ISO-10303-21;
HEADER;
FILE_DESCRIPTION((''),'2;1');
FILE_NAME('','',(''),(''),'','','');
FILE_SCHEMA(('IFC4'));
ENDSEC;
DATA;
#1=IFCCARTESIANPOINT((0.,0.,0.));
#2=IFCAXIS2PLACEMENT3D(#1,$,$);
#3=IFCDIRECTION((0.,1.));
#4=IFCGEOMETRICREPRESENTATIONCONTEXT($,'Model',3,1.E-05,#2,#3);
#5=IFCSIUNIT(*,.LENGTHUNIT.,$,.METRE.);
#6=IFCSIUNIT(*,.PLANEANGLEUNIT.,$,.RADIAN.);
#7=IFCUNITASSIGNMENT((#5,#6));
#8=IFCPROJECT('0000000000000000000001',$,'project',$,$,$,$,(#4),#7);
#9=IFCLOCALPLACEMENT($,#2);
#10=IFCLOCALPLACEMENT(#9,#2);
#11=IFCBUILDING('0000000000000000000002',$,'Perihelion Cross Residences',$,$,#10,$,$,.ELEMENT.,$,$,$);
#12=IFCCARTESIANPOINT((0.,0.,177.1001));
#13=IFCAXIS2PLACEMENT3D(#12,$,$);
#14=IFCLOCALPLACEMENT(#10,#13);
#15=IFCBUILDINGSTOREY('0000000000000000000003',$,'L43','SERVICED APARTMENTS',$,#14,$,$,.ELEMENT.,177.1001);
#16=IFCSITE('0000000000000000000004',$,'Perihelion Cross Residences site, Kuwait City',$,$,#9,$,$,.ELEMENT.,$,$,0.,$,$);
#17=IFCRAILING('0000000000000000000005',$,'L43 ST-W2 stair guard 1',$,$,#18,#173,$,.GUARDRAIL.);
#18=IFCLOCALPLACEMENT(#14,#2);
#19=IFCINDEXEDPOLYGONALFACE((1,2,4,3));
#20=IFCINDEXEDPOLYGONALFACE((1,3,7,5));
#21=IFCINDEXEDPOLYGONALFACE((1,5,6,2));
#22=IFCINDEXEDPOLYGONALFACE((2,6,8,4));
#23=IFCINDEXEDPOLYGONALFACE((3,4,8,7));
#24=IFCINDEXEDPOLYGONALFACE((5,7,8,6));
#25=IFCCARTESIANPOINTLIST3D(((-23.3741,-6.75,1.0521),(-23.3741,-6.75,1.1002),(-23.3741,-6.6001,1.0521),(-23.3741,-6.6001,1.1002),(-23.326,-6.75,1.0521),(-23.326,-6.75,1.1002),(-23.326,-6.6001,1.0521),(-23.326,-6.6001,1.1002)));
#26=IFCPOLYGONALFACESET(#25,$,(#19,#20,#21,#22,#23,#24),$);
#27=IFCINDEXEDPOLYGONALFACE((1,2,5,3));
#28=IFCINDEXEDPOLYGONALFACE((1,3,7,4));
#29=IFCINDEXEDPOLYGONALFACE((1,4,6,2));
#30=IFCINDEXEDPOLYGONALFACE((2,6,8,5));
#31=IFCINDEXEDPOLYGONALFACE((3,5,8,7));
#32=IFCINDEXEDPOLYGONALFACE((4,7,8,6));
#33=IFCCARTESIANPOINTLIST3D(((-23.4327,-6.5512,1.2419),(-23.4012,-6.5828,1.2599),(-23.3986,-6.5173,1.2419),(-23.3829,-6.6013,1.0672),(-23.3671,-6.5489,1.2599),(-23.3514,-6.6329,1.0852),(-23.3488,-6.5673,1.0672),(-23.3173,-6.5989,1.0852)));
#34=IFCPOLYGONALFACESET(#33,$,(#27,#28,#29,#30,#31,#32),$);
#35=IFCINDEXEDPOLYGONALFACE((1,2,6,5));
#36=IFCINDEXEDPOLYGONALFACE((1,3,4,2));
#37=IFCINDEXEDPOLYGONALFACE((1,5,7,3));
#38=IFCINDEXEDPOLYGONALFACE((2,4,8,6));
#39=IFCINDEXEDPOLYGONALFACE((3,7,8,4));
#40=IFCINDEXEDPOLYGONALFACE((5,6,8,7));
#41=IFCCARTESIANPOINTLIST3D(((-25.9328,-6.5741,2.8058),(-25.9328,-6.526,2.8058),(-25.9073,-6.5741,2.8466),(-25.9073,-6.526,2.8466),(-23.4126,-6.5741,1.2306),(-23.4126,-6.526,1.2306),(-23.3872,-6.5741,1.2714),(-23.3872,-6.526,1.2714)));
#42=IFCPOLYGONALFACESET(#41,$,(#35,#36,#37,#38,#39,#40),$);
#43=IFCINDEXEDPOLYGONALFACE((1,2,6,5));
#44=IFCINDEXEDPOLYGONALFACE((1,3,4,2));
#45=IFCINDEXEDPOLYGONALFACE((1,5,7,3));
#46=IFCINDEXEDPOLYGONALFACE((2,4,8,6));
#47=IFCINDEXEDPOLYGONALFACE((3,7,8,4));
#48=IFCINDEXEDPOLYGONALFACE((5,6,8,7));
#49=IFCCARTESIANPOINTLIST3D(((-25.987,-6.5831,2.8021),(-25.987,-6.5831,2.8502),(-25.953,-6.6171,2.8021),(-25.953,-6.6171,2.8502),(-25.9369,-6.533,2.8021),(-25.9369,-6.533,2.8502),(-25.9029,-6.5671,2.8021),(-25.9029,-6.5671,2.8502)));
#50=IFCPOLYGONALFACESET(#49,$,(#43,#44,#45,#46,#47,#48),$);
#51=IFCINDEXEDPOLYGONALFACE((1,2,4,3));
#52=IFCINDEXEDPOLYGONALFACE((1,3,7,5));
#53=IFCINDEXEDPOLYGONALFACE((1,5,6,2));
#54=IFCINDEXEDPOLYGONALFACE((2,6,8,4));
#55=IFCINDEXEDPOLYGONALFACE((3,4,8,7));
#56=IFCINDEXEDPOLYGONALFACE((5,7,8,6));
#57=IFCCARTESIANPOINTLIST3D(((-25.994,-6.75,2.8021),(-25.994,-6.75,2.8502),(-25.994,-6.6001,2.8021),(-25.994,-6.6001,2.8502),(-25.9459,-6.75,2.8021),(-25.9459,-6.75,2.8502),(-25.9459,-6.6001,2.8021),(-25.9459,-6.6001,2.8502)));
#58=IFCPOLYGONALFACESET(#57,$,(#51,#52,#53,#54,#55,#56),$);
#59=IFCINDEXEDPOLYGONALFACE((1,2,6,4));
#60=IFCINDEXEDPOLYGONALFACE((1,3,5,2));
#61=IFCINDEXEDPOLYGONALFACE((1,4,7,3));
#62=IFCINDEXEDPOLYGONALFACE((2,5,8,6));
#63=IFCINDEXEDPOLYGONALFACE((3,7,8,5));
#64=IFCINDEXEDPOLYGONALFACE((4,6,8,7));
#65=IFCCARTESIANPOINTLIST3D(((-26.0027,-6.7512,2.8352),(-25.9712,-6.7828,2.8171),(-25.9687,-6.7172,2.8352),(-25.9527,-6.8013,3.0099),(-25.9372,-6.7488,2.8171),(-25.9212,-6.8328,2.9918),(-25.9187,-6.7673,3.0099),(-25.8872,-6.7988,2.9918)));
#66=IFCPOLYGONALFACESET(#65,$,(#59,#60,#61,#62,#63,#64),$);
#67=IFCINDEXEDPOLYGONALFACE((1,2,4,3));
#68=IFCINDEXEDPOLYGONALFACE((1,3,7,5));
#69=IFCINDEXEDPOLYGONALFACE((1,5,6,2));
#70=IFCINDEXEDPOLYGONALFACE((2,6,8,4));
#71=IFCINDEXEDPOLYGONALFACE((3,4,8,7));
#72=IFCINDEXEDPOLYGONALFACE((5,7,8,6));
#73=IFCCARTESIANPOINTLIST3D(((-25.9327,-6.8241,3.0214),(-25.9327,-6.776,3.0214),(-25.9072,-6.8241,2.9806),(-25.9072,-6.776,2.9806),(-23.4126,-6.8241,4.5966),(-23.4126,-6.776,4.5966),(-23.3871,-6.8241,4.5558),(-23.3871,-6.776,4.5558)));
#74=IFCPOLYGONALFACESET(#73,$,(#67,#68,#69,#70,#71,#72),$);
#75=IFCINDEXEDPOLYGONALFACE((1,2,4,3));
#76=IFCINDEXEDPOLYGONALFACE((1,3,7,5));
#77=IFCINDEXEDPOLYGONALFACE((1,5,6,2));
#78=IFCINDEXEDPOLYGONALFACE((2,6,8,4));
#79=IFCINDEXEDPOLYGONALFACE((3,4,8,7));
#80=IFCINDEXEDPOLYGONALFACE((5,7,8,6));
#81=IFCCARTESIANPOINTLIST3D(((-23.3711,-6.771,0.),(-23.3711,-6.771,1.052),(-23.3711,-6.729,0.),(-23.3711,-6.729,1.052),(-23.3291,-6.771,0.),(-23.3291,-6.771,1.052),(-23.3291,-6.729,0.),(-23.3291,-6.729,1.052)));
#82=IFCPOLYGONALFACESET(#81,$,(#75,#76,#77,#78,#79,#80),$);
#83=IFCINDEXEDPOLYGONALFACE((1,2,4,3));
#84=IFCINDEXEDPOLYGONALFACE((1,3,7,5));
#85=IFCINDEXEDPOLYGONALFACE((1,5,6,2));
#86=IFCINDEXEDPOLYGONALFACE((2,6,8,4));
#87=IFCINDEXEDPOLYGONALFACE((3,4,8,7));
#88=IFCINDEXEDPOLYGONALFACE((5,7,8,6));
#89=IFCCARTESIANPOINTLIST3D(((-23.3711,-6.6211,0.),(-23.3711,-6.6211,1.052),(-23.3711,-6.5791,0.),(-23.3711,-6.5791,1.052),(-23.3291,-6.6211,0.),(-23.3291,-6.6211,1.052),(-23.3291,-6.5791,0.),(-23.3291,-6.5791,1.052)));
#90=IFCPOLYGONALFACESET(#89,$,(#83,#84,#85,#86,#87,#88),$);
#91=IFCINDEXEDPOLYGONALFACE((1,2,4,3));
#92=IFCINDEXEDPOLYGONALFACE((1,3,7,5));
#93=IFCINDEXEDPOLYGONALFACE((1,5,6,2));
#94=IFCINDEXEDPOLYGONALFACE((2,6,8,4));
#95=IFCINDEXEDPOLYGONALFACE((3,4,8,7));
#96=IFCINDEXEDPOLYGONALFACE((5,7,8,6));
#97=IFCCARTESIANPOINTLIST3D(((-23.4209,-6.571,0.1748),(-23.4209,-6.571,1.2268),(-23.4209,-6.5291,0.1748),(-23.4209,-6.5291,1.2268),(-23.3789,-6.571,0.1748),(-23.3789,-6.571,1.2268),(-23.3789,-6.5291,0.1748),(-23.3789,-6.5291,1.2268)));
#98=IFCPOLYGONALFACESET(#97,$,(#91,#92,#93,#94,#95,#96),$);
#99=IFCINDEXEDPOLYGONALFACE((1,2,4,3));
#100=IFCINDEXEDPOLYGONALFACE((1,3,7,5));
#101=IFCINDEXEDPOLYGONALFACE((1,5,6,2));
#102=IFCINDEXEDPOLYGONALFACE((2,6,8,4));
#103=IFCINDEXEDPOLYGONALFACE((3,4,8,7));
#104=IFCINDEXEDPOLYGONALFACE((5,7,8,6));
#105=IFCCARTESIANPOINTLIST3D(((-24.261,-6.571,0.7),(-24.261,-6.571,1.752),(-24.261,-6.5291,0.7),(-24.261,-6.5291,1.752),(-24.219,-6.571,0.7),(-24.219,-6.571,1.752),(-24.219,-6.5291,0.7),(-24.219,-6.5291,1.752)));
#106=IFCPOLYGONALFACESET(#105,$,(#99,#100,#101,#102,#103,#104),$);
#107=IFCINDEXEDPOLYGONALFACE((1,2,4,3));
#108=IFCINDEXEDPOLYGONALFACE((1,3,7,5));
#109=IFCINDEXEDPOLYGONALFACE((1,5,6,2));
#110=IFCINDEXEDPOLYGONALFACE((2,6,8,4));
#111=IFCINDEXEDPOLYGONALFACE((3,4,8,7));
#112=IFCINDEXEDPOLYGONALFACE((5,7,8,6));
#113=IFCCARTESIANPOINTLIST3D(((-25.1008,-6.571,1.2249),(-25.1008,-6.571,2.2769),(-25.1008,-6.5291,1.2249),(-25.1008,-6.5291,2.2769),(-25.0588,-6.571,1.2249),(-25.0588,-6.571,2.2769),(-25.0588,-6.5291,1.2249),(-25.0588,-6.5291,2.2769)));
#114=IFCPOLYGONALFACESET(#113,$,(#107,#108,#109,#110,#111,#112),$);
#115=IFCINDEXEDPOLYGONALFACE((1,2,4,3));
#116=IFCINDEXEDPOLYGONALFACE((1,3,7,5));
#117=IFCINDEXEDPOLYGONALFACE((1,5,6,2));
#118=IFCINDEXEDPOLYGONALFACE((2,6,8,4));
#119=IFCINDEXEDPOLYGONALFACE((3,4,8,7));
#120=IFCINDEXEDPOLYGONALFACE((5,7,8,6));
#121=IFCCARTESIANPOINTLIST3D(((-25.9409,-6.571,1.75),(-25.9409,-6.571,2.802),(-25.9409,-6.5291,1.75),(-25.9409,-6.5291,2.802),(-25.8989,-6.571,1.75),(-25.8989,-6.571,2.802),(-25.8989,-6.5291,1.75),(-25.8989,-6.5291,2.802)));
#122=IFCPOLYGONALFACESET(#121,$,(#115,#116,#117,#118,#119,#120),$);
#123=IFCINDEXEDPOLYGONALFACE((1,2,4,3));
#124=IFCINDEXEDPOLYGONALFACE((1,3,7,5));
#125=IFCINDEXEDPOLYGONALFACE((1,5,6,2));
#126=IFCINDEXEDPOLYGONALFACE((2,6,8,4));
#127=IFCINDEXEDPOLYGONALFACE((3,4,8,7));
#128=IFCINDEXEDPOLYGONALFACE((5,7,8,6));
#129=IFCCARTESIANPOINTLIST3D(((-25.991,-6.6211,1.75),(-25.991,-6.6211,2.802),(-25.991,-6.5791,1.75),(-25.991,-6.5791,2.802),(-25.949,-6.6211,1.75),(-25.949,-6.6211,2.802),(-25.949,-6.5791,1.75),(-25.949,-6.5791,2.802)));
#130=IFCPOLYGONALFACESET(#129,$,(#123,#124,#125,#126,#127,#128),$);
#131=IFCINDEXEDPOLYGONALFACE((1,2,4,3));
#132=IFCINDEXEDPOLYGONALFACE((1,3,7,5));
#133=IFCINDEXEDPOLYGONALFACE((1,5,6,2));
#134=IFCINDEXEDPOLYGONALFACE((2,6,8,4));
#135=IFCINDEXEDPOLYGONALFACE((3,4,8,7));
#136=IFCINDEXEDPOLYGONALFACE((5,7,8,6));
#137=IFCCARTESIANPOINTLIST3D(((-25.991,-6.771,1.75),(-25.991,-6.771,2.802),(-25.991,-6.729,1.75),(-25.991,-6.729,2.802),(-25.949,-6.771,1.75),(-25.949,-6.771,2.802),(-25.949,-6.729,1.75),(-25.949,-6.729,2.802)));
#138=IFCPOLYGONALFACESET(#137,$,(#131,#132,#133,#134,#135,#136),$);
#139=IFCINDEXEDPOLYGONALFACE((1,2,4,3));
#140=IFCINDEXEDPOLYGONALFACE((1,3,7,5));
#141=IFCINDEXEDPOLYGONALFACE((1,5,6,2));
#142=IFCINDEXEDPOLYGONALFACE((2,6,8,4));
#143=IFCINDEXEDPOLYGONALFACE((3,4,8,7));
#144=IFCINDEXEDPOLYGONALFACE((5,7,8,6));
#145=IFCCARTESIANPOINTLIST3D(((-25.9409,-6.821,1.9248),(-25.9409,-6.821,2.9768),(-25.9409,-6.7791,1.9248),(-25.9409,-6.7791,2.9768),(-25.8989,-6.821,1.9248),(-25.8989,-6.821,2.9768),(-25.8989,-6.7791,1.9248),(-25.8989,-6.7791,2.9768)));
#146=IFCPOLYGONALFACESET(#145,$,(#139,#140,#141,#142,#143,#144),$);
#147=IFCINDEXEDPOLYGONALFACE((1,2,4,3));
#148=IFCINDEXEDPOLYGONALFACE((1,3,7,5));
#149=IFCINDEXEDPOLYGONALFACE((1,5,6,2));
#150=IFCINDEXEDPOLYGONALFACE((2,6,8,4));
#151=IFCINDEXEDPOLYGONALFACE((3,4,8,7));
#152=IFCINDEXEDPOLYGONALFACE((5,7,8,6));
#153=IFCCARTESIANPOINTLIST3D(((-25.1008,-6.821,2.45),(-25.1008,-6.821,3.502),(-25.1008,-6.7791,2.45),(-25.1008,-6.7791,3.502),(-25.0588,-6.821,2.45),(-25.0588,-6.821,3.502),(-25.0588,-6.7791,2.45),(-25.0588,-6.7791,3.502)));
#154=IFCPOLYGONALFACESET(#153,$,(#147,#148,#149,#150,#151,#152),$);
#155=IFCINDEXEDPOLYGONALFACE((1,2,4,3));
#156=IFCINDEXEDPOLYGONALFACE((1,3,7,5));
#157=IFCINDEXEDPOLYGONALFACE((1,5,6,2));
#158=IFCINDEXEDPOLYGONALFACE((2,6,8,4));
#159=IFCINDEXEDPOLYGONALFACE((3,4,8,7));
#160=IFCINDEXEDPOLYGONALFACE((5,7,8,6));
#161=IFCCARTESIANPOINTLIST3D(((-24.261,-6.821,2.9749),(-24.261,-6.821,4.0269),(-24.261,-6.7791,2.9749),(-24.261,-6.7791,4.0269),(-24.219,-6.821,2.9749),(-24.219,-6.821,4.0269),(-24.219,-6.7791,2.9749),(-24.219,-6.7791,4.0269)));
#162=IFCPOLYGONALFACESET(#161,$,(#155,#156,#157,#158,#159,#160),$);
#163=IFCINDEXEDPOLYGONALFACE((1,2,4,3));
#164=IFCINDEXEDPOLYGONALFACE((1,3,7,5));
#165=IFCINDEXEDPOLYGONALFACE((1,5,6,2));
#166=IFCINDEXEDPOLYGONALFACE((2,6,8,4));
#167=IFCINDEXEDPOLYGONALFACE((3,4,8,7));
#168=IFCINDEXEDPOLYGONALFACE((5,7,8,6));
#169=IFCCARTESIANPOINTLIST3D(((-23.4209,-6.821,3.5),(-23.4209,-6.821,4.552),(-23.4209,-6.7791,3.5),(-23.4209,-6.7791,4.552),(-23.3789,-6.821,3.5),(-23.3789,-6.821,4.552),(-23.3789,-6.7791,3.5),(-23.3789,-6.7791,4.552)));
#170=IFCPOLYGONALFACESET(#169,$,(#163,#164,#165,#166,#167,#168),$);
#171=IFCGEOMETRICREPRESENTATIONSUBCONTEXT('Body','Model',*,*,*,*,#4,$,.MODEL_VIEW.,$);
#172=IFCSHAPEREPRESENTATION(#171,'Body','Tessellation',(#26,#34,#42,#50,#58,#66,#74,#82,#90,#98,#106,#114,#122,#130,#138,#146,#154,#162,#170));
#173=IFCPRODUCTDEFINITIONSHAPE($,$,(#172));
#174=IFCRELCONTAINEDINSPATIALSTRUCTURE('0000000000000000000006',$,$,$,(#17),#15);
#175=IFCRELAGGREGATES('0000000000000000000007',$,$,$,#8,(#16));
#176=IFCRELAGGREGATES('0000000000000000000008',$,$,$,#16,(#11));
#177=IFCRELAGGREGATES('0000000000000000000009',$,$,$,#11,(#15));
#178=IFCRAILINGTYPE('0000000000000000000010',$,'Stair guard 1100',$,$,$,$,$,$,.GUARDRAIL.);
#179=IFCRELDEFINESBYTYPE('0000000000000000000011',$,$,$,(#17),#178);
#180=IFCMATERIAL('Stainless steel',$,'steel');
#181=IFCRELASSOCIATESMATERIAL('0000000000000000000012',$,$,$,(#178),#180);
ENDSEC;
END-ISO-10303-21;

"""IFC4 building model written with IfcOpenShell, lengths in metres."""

from ifc_helpers import new_model, si_unit, direction, frame, origin, origin_2d, place, context, subcontext, project, spatial, rectangle, extrude, material, type_object, element, save


model = new_model("IFC4")

# Units and contexts
model_context = context("Model", 3, precision=1e-05, world=origin(), true_north=direction((0.0, 1.0)))
body_context = subcontext(model_context, "Body", "Model", "MODEL_VIEW")
ifc_project = project(units=[si_unit("LENGTHUNIT", "METRE"), si_unit("PLANEANGLEUNIT", "RADIAN")], contexts=[model_context])

# Site, building, storey
site_placement = place(None, origin())
site = spatial("IfcSite", under=ifc_project, at=site_placement, Name="Perihelion Cross Residences site, Kuwait City", CompositionType="ELEMENT", RefElevation=0.0)
building_placement = place(site_placement, origin())
building = spatial("IfcBuilding", under=site, at=building_placement, Name="Perihelion Cross Residences", CompositionType="ELEMENT")
storey_placement = place(building_placement, frame((0.0, 0.0, 177.1001)))
storey = spatial("IfcBuildingStorey", under=building, at=storey_placement, Name="L43", Description="SERVICED APARTMENTS", CompositionType="ELEMENT", Elevation=177.1001)

# Railing
ifc_material_1 = material(Name="Stainless steel", Category="steel")
railing_type_1 = type_object("IfcRailingType", Name="Stair guard 1100", PredefinedType="GUARDRAIL", material=ifc_material_1)
railing_1_placement = place(storey_placement, frame((-23.3501, -6.75, 0.0)))
element("IfcRailing", 1, at=railing_1_placement, inside=storey, type_object=railing_type_1, Name="L43 ST-W2 stair guard 1", PredefinedType="GUARDRAIL", context=body_context, shape_type="SweptSolid", body=[
    extrude(rectangle(XDim=0.0481, YDim=0.0481, at=origin_2d()), frame((0.0, 0.0, 1.0762), z_axis=(0.0, 1.0, 0.0), x_axis=(-1.0, 0.0, 0.0)), (0.0, 0.0, 1.0), 0.1499),
    extrude(rectangle(XDim=0.0481, YDim=0.0481, at=origin_2d()), frame((0.0, 0.1499, 1.0762), z_axis=(-0.264179, 0.265474, 0.927218), x_axis=(-0.708834, -0.705376, 0.0)), (0.0, 0.0, 1.0), 0.1885),
    extrude(rectangle(XDim=0.0481, YDim=0.0481, at=origin_2d()), frame((-0.0498, 0.2, 1.251), z_axis=(-0.847971, 0.0, 0.530043), x_axis=(0.0, -1.0, 0.0)), (0.0, 0.0, 1.0), 2.9719),
    extrude(rectangle(XDim=0.0481, YDim=0.0481, at=origin_2d()), frame((-2.5698, 0.2, 2.8262), z_axis=(-0.707107, -0.707107, 0.0), x_axis=(0.707107, -0.707107, 0.0)), (0.0, 0.0, 1.0), 0.0708),
    extrude(rectangle(XDim=0.0481, YDim=0.0481, at=origin_2d()), frame((-2.6199, 0.1499, 2.8262), z_axis=(0.0, -1.0, 0.0), x_axis=(1.0, 0.0, 0.0)), (0.0, 0.0, 1.0), 0.1499),
    extrude(rectangle(XDim=0.0481, YDim=0.0481, at=origin_2d()), frame((-2.6199, 0.0, 2.8262), z_axis=(0.265383, -0.265383, 0.9269), x_axis=(0.707107, 0.707107, 0.0)), (0.0, 0.0, 1.0), 0.1885),
    extrude(rectangle(XDim=0.0481, YDim=0.0481, at=origin_2d()), frame((-2.5698, -0.05, 3.001), z_axis=(0.847971, 0.0, 0.530043), x_axis=(0.0, 1.0, 0.0)), (0.0, 0.0, 1.0), 2.9719),
    extrude(rectangle(XDim=0.042, YDim=0.042, at=origin_2d()), origin(), (0.0, 0.0, 1.0), 1.052),
    extrude(rectangle(XDim=0.042, YDim=0.042, at=origin_2d()), frame((0.0, 0.1499, 0.0)), (0.0, 0.0, 1.0), 1.052),
    extrude(rectangle(XDim=0.042, YDim=0.042, at=origin_2d()), frame((-0.0498, 0.2, 0.1748)), (0.0, 0.0, 1.0), 1.052),
    extrude(rectangle(XDim=0.042, YDim=0.042, at=origin_2d()), frame((-0.8899, 0.2, 0.7)), (0.0, 0.0, 1.0), 1.052),
    extrude(rectangle(XDim=0.042, YDim=0.042, at=origin_2d()), frame((-1.7297, 0.2, 1.2249)), (0.0, 0.0, 1.0), 1.052),
    extrude(rectangle(XDim=0.042, YDim=0.042, at=origin_2d()), frame((-2.5698, 0.2, 1.75)), (0.0, 0.0, 1.0), 1.052),
    extrude(rectangle(XDim=0.042, YDim=0.042, at=origin_2d()), frame((-2.6199, 0.1499, 1.75)), (0.0, 0.0, 1.0), 1.052),
    extrude(rectangle(XDim=0.042, YDim=0.042, at=origin_2d()), frame((-2.6199, 0.0, 1.75)), (0.0, 0.0, 1.0), 1.052),
    extrude(rectangle(XDim=0.042, YDim=0.042, at=origin_2d()), frame((-2.5698, -0.05, 1.9248)), (0.0, 0.0, 1.0), 1.052),
    extrude(rectangle(XDim=0.042, YDim=0.042, at=origin_2d()), frame((-1.7297, -0.05, 2.45)), (0.0, 0.0, 1.0), 1.052),
    extrude(rectangle(XDim=0.042, YDim=0.042, at=origin_2d()), frame((-0.8899, -0.05, 2.9749)), (0.0, 0.0, 1.0), 1.052),
    extrude(rectangle(XDim=0.042, YDim=0.042, at=origin_2d()), frame((-0.0498, -0.05, 3.5)), (0.0, 0.0, 1.0), 1.052),
])

save(model, "model.ifc")
